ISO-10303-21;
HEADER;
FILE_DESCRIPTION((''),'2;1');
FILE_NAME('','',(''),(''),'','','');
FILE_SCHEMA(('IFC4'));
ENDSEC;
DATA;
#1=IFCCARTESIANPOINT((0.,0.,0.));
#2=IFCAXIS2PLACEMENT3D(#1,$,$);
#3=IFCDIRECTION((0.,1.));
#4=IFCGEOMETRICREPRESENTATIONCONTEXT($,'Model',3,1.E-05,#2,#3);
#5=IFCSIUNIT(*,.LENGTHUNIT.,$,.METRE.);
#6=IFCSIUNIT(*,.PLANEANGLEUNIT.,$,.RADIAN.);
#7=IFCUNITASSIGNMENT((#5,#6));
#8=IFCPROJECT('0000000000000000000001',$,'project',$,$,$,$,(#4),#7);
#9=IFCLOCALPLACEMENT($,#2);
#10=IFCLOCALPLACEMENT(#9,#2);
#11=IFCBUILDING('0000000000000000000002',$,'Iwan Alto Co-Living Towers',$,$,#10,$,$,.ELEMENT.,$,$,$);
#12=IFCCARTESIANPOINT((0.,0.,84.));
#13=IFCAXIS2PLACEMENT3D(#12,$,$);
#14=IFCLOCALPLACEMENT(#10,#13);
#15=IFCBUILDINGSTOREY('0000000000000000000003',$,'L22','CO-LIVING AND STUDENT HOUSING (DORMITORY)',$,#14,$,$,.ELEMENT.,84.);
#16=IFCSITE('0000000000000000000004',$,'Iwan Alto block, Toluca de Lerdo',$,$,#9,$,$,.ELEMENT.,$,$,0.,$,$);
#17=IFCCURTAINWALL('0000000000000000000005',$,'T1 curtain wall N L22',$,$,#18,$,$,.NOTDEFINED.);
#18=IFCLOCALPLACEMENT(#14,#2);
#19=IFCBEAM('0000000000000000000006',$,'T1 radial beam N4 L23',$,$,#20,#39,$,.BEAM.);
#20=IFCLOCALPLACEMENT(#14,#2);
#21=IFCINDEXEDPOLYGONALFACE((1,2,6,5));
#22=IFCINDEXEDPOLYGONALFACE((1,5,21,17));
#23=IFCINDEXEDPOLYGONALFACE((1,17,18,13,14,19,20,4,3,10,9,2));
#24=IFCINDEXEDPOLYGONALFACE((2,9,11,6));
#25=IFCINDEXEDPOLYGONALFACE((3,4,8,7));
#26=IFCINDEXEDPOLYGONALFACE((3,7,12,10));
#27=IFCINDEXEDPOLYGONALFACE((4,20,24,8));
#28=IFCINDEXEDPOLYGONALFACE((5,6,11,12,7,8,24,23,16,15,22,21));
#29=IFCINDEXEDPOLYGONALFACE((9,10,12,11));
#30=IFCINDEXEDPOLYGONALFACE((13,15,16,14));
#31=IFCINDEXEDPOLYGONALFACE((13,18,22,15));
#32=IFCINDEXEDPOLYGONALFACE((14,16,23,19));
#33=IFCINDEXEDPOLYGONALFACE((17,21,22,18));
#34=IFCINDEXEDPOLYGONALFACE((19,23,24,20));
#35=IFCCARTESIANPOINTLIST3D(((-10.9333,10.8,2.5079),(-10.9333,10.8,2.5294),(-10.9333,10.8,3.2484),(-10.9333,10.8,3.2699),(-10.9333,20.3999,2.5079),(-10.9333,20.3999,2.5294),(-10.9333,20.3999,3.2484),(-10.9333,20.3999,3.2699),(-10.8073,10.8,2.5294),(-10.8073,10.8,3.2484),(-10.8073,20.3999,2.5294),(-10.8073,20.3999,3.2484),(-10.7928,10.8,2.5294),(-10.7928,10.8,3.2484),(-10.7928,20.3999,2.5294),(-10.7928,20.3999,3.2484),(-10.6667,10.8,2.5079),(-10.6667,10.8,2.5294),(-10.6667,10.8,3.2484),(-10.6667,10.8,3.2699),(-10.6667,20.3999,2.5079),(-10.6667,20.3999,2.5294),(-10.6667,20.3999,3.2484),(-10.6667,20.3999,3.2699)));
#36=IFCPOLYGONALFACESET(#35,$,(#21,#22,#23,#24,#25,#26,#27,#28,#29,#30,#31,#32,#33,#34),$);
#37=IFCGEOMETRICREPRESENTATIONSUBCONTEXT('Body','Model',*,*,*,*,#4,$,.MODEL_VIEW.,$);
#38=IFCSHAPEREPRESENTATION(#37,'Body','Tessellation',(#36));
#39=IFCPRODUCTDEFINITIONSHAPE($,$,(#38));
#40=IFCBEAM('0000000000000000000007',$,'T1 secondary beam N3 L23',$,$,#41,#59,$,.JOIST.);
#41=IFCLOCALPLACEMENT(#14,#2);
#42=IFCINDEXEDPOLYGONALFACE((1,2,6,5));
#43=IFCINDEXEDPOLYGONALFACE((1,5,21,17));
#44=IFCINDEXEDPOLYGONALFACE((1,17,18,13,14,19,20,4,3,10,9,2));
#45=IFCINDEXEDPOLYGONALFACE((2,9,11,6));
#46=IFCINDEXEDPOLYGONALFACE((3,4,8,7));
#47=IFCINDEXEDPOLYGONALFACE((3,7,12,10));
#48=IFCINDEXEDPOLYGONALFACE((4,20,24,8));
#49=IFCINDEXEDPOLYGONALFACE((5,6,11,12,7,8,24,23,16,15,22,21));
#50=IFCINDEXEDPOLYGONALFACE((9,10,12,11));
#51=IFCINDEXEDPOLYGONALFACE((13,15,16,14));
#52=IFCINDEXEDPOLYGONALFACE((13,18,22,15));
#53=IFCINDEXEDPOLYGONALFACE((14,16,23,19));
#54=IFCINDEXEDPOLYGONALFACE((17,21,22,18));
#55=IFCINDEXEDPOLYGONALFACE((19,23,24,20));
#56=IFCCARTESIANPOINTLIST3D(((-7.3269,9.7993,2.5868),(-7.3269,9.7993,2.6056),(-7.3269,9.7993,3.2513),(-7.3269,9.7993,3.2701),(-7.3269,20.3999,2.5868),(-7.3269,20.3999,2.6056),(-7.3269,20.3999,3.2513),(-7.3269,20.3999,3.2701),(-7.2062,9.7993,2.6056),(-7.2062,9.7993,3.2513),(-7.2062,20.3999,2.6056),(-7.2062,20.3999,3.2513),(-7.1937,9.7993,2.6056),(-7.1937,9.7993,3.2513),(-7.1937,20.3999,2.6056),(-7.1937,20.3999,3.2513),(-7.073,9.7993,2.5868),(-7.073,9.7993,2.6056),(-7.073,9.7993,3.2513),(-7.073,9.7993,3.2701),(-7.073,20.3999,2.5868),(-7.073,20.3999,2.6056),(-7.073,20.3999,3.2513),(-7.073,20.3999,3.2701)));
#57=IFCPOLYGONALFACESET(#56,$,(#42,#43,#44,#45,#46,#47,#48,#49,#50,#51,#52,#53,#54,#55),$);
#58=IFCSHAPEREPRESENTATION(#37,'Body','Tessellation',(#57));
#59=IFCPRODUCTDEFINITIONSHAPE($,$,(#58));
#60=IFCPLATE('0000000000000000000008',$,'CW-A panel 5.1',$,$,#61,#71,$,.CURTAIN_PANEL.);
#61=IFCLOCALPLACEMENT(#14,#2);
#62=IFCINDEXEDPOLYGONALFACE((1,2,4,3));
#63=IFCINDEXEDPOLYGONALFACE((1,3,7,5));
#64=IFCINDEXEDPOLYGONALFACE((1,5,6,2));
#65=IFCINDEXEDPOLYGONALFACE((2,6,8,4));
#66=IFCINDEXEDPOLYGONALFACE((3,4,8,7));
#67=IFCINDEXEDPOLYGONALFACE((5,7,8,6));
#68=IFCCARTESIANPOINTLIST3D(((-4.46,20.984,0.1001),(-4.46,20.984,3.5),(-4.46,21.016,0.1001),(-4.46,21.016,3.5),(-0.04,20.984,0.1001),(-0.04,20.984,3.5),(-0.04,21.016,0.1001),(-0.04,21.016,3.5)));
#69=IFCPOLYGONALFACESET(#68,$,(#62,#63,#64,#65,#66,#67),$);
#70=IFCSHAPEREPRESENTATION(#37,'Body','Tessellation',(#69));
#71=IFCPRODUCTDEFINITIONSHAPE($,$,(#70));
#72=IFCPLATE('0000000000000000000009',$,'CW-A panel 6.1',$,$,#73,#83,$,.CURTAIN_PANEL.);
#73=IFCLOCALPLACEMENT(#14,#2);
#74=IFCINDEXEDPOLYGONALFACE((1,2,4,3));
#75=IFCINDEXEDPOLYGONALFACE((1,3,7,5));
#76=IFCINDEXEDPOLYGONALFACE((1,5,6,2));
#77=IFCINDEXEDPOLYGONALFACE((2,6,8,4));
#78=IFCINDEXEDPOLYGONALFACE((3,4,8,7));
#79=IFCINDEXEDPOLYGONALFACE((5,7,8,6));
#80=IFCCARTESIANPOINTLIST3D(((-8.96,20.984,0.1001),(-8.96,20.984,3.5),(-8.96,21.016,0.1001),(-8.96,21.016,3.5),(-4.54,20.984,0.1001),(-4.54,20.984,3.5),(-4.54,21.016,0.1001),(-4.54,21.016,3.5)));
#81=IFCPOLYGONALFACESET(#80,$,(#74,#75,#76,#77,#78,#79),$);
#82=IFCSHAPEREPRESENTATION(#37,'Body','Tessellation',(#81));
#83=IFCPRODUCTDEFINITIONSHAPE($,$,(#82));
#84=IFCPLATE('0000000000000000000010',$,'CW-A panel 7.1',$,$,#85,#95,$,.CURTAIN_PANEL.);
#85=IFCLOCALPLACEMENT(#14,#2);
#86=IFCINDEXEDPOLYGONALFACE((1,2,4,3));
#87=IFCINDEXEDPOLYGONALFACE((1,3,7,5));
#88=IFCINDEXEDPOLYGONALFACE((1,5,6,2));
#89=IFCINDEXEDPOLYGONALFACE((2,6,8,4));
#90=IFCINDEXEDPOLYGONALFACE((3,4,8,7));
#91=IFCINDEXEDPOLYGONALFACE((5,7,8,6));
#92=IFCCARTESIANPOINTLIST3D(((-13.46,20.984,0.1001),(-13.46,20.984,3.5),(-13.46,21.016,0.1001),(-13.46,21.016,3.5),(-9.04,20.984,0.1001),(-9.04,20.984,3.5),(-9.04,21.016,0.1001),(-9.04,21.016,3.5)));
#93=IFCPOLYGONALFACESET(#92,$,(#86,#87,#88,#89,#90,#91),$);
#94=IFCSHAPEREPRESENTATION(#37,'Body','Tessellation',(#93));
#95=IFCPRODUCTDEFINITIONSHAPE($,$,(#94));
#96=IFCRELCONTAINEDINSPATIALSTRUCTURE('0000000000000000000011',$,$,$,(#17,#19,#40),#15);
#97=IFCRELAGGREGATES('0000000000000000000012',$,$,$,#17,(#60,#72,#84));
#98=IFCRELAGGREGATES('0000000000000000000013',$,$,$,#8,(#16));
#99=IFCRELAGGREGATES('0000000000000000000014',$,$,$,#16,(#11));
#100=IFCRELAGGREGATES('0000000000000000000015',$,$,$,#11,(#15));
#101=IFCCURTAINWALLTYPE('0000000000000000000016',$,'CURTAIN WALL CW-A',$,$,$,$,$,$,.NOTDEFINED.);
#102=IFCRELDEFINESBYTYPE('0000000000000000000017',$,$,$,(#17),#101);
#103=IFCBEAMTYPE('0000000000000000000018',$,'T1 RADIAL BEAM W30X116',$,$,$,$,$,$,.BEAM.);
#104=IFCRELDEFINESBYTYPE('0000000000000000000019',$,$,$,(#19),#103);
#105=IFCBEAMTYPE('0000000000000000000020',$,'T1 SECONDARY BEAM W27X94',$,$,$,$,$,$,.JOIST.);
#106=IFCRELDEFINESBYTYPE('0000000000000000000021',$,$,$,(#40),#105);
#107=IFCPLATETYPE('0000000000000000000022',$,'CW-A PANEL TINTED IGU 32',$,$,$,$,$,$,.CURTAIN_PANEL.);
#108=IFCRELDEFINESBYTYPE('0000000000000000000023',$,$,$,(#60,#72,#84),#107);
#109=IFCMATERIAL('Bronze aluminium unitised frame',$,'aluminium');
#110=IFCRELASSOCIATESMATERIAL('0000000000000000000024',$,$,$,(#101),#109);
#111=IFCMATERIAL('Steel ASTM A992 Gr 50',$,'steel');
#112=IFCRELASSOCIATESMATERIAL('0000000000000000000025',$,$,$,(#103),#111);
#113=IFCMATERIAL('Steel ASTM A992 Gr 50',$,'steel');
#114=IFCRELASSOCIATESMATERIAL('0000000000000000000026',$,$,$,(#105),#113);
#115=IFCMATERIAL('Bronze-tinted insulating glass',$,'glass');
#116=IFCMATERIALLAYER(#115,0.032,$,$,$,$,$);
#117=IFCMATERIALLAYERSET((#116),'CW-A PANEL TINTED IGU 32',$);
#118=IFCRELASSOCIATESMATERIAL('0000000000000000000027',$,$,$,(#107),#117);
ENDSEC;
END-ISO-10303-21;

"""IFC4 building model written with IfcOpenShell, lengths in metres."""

from ifc_helpers import new_model, si_unit, direction, frame, origin, origin_2d, place, context, subcontext, project, spatial, rectangle, i_section, extrude, material, layer, layer_set, material_profile, profile_set, type_object, element, aggregate, save


model = new_model("IFC4")

# Units and contexts
model_context = context("Model", 3, precision=1e-05, world=origin(), true_north=direction((0.0, 1.0)))
body_context = subcontext(model_context, "Body", "Model", "MODEL_VIEW")
ifc_project = project(units=[si_unit("LENGTHUNIT", "METRE"), si_unit("PLANEANGLEUNIT", "RADIAN")], contexts=[model_context])

# Site, building, storey
site_placement = place(None, origin())
site = spatial("IfcSite", under=ifc_project, at=site_placement, Name="Iwan Alto block, Toluca de Lerdo", CompositionType="ELEMENT", RefElevation=0.0)
building_placement = place(site_placement, origin())
building = spatial("IfcBuilding", under=site, at=building_placement, Name="Iwan Alto Co-Living Towers", CompositionType="ELEMENT")
storey_placement = place(building_placement, frame((0.0, 0.0, 84.0)))
storey = spatial("IfcBuildingStorey", under=building, at=storey_placement, Name="L22", Description="CO-LIVING AND STUDENT HOUSING (DORMITORY)", CompositionType="ELEMENT", Elevation=84.0)

# Curtain wall
ifc_material_1 = material(Name="Bronze aluminium unitised frame", Category="aluminium")
curtain_wall_type = type_object("IfcCurtainWallType", Name="CURTAIN WALL CW-A", PredefinedType="NOTDEFINED", material=ifc_material_1)
curtain_wall_placement = place(storey_placement, origin())
curtain_wall = element("IfcCurtainWall", 1, at=curtain_wall_placement, inside=storey, type_object=curtain_wall_type, Name="T1 curtain wall N L22", PredefinedType="NOTDEFINED")

# Beams
ifc_material_2 = material(Name="Steel ASTM A992 Gr 50", Category="steel")
ifc_material_profile_1 = material_profile(ifc_material_2, i_section(OverallWidth=0.2666, OverallDepth=0.762, WebThickness=0.0144, FlangeThickness=0.0215, at=origin_2d()), Name="W30X116")
ifc_profile_set_1 = profile_set([ifc_material_profile_1], Name="Steel ASTM A992 Gr 50")
beam_type_1 = type_object("IfcBeamType", Name="T1 RADIAL BEAM W30X116", PredefinedType="BEAM", material=ifc_profile_set_1)
beam_1_placement = place(storey_placement, frame((-10.8, 20.3999, 2.8889), z_axis=(0.0, -1.0, 0.0), x_axis=(1.0, 0.0, 0.0)))
element("IfcBeam", 2, at=beam_1_placement, inside=storey, type_object=beam_type_1, Name="T1 radial beam N4 L23", PredefinedType="BEAM", context=body_context, shape_type="SweptSolid", body=[
    extrude(i_section(OverallWidth=0.2666, OverallDepth=0.762, WebThickness=0.0144, FlangeThickness=0.0215, at=origin_2d()), origin(), (0.0, 0.0, 1.0), 9.5999),
])
ifc_material_3 = material(Name="Steel ASTM A992 Gr 50", Category="steel")
ifc_material_profile_2 = material_profile(ifc_material_3, i_section(OverallWidth=0.2539, OverallDepth=0.6833, WebThickness=0.0125, FlangeThickness=0.0188, at=origin_2d()), Name="W27X94")
ifc_profile_set_2 = profile_set([ifc_material_profile_2], Name="Steel ASTM A992 Gr 50")
beam_type_2 = type_object("IfcBeamType", Name="T1 SECONDARY BEAM W27X94", PredefinedType="JOIST", material=ifc_profile_set_2)
beam_2_placement = place(storey_placement, frame((-7.2, 20.3999, 2.9285), z_axis=(0.0, -1.0, 0.0), x_axis=(1.0, 0.0, 0.0)))
element("IfcBeam", 3, at=beam_2_placement, inside=storey, type_object=beam_type_2, Name="T1 secondary beam N3 L23", PredefinedType="JOIST", context=body_context, shape_type="SweptSolid", body=[
    extrude(i_section(OverallWidth=0.2539, OverallDepth=0.6833, WebThickness=0.0125, FlangeThickness=0.0188, at=origin_2d()), origin(), (0.0, 0.0, 1.0), 10.6006),
])

# Plates
ifc_material_4 = material(Name="Bronze-tinted insulating glass", Category="glass")
ifc_layer_1 = layer(ifc_material_4, 0.032)
ifc_layer_set_1 = layer_set([ifc_layer_1], Name="CW-A PANEL TINTED IGU 32")
plate_type = type_object("IfcPlateType", Name="CW-A PANEL TINTED IGU 32", PredefinedType="CURTAIN_PANEL", material=ifc_layer_set_1)
plate_1_placement = place(storey_placement, frame((-2.25, 21.0, 0.1001), z_axis=(0.0, 0.0, 1.0), x_axis=(-1.0, 0.0, 0.0)))
plate_1 = element("IfcPlate", 4, at=plate_1_placement, type_object=plate_type, Name="CW-A panel 5.1", PredefinedType="CURTAIN_PANEL", context=body_context, shape_type="SweptSolid", body=[
    extrude(rectangle(XDim=4.4199, YDim=0.032, at=origin_2d()), origin(), (0.0, 0.0, 1.0), 3.3999),
])
plate_2_placement = place(storey_placement, frame((-6.75, 21.0, 0.1001), z_axis=(0.0, 0.0, 1.0), x_axis=(-1.0, 0.0, 0.0)))
plate_2 = element("IfcPlate", 5, at=plate_2_placement, type_object=plate_type, Name="CW-A panel 6.1", PredefinedType="CURTAIN_PANEL", context=body_context, shape_type="SweptSolid", body=[
    extrude(rectangle(XDim=4.4199, YDim=0.032, at=origin_2d()), origin(), (0.0, 0.0, 1.0), 3.3999),
])
plate_3_placement = place(storey_placement, frame((-11.25, 21.0, 0.1001), z_axis=(0.0, 0.0, 1.0), x_axis=(-1.0, 0.0, 0.0)))
plate_3 = element("IfcPlate", 6, at=plate_3_placement, type_object=plate_type, Name="CW-A panel 7.1", PredefinedType="CURTAIN_PANEL", context=body_context, shape_type="SweptSolid", body=[
    extrude(rectangle(XDim=4.4199, YDim=0.032, at=origin_2d()), origin(), (0.0, 0.0, 1.0), 3.3999),
])
aggregate(curtain_wall, [plate_1, plate_2, plate_3])

save(model, "model.ifc")
